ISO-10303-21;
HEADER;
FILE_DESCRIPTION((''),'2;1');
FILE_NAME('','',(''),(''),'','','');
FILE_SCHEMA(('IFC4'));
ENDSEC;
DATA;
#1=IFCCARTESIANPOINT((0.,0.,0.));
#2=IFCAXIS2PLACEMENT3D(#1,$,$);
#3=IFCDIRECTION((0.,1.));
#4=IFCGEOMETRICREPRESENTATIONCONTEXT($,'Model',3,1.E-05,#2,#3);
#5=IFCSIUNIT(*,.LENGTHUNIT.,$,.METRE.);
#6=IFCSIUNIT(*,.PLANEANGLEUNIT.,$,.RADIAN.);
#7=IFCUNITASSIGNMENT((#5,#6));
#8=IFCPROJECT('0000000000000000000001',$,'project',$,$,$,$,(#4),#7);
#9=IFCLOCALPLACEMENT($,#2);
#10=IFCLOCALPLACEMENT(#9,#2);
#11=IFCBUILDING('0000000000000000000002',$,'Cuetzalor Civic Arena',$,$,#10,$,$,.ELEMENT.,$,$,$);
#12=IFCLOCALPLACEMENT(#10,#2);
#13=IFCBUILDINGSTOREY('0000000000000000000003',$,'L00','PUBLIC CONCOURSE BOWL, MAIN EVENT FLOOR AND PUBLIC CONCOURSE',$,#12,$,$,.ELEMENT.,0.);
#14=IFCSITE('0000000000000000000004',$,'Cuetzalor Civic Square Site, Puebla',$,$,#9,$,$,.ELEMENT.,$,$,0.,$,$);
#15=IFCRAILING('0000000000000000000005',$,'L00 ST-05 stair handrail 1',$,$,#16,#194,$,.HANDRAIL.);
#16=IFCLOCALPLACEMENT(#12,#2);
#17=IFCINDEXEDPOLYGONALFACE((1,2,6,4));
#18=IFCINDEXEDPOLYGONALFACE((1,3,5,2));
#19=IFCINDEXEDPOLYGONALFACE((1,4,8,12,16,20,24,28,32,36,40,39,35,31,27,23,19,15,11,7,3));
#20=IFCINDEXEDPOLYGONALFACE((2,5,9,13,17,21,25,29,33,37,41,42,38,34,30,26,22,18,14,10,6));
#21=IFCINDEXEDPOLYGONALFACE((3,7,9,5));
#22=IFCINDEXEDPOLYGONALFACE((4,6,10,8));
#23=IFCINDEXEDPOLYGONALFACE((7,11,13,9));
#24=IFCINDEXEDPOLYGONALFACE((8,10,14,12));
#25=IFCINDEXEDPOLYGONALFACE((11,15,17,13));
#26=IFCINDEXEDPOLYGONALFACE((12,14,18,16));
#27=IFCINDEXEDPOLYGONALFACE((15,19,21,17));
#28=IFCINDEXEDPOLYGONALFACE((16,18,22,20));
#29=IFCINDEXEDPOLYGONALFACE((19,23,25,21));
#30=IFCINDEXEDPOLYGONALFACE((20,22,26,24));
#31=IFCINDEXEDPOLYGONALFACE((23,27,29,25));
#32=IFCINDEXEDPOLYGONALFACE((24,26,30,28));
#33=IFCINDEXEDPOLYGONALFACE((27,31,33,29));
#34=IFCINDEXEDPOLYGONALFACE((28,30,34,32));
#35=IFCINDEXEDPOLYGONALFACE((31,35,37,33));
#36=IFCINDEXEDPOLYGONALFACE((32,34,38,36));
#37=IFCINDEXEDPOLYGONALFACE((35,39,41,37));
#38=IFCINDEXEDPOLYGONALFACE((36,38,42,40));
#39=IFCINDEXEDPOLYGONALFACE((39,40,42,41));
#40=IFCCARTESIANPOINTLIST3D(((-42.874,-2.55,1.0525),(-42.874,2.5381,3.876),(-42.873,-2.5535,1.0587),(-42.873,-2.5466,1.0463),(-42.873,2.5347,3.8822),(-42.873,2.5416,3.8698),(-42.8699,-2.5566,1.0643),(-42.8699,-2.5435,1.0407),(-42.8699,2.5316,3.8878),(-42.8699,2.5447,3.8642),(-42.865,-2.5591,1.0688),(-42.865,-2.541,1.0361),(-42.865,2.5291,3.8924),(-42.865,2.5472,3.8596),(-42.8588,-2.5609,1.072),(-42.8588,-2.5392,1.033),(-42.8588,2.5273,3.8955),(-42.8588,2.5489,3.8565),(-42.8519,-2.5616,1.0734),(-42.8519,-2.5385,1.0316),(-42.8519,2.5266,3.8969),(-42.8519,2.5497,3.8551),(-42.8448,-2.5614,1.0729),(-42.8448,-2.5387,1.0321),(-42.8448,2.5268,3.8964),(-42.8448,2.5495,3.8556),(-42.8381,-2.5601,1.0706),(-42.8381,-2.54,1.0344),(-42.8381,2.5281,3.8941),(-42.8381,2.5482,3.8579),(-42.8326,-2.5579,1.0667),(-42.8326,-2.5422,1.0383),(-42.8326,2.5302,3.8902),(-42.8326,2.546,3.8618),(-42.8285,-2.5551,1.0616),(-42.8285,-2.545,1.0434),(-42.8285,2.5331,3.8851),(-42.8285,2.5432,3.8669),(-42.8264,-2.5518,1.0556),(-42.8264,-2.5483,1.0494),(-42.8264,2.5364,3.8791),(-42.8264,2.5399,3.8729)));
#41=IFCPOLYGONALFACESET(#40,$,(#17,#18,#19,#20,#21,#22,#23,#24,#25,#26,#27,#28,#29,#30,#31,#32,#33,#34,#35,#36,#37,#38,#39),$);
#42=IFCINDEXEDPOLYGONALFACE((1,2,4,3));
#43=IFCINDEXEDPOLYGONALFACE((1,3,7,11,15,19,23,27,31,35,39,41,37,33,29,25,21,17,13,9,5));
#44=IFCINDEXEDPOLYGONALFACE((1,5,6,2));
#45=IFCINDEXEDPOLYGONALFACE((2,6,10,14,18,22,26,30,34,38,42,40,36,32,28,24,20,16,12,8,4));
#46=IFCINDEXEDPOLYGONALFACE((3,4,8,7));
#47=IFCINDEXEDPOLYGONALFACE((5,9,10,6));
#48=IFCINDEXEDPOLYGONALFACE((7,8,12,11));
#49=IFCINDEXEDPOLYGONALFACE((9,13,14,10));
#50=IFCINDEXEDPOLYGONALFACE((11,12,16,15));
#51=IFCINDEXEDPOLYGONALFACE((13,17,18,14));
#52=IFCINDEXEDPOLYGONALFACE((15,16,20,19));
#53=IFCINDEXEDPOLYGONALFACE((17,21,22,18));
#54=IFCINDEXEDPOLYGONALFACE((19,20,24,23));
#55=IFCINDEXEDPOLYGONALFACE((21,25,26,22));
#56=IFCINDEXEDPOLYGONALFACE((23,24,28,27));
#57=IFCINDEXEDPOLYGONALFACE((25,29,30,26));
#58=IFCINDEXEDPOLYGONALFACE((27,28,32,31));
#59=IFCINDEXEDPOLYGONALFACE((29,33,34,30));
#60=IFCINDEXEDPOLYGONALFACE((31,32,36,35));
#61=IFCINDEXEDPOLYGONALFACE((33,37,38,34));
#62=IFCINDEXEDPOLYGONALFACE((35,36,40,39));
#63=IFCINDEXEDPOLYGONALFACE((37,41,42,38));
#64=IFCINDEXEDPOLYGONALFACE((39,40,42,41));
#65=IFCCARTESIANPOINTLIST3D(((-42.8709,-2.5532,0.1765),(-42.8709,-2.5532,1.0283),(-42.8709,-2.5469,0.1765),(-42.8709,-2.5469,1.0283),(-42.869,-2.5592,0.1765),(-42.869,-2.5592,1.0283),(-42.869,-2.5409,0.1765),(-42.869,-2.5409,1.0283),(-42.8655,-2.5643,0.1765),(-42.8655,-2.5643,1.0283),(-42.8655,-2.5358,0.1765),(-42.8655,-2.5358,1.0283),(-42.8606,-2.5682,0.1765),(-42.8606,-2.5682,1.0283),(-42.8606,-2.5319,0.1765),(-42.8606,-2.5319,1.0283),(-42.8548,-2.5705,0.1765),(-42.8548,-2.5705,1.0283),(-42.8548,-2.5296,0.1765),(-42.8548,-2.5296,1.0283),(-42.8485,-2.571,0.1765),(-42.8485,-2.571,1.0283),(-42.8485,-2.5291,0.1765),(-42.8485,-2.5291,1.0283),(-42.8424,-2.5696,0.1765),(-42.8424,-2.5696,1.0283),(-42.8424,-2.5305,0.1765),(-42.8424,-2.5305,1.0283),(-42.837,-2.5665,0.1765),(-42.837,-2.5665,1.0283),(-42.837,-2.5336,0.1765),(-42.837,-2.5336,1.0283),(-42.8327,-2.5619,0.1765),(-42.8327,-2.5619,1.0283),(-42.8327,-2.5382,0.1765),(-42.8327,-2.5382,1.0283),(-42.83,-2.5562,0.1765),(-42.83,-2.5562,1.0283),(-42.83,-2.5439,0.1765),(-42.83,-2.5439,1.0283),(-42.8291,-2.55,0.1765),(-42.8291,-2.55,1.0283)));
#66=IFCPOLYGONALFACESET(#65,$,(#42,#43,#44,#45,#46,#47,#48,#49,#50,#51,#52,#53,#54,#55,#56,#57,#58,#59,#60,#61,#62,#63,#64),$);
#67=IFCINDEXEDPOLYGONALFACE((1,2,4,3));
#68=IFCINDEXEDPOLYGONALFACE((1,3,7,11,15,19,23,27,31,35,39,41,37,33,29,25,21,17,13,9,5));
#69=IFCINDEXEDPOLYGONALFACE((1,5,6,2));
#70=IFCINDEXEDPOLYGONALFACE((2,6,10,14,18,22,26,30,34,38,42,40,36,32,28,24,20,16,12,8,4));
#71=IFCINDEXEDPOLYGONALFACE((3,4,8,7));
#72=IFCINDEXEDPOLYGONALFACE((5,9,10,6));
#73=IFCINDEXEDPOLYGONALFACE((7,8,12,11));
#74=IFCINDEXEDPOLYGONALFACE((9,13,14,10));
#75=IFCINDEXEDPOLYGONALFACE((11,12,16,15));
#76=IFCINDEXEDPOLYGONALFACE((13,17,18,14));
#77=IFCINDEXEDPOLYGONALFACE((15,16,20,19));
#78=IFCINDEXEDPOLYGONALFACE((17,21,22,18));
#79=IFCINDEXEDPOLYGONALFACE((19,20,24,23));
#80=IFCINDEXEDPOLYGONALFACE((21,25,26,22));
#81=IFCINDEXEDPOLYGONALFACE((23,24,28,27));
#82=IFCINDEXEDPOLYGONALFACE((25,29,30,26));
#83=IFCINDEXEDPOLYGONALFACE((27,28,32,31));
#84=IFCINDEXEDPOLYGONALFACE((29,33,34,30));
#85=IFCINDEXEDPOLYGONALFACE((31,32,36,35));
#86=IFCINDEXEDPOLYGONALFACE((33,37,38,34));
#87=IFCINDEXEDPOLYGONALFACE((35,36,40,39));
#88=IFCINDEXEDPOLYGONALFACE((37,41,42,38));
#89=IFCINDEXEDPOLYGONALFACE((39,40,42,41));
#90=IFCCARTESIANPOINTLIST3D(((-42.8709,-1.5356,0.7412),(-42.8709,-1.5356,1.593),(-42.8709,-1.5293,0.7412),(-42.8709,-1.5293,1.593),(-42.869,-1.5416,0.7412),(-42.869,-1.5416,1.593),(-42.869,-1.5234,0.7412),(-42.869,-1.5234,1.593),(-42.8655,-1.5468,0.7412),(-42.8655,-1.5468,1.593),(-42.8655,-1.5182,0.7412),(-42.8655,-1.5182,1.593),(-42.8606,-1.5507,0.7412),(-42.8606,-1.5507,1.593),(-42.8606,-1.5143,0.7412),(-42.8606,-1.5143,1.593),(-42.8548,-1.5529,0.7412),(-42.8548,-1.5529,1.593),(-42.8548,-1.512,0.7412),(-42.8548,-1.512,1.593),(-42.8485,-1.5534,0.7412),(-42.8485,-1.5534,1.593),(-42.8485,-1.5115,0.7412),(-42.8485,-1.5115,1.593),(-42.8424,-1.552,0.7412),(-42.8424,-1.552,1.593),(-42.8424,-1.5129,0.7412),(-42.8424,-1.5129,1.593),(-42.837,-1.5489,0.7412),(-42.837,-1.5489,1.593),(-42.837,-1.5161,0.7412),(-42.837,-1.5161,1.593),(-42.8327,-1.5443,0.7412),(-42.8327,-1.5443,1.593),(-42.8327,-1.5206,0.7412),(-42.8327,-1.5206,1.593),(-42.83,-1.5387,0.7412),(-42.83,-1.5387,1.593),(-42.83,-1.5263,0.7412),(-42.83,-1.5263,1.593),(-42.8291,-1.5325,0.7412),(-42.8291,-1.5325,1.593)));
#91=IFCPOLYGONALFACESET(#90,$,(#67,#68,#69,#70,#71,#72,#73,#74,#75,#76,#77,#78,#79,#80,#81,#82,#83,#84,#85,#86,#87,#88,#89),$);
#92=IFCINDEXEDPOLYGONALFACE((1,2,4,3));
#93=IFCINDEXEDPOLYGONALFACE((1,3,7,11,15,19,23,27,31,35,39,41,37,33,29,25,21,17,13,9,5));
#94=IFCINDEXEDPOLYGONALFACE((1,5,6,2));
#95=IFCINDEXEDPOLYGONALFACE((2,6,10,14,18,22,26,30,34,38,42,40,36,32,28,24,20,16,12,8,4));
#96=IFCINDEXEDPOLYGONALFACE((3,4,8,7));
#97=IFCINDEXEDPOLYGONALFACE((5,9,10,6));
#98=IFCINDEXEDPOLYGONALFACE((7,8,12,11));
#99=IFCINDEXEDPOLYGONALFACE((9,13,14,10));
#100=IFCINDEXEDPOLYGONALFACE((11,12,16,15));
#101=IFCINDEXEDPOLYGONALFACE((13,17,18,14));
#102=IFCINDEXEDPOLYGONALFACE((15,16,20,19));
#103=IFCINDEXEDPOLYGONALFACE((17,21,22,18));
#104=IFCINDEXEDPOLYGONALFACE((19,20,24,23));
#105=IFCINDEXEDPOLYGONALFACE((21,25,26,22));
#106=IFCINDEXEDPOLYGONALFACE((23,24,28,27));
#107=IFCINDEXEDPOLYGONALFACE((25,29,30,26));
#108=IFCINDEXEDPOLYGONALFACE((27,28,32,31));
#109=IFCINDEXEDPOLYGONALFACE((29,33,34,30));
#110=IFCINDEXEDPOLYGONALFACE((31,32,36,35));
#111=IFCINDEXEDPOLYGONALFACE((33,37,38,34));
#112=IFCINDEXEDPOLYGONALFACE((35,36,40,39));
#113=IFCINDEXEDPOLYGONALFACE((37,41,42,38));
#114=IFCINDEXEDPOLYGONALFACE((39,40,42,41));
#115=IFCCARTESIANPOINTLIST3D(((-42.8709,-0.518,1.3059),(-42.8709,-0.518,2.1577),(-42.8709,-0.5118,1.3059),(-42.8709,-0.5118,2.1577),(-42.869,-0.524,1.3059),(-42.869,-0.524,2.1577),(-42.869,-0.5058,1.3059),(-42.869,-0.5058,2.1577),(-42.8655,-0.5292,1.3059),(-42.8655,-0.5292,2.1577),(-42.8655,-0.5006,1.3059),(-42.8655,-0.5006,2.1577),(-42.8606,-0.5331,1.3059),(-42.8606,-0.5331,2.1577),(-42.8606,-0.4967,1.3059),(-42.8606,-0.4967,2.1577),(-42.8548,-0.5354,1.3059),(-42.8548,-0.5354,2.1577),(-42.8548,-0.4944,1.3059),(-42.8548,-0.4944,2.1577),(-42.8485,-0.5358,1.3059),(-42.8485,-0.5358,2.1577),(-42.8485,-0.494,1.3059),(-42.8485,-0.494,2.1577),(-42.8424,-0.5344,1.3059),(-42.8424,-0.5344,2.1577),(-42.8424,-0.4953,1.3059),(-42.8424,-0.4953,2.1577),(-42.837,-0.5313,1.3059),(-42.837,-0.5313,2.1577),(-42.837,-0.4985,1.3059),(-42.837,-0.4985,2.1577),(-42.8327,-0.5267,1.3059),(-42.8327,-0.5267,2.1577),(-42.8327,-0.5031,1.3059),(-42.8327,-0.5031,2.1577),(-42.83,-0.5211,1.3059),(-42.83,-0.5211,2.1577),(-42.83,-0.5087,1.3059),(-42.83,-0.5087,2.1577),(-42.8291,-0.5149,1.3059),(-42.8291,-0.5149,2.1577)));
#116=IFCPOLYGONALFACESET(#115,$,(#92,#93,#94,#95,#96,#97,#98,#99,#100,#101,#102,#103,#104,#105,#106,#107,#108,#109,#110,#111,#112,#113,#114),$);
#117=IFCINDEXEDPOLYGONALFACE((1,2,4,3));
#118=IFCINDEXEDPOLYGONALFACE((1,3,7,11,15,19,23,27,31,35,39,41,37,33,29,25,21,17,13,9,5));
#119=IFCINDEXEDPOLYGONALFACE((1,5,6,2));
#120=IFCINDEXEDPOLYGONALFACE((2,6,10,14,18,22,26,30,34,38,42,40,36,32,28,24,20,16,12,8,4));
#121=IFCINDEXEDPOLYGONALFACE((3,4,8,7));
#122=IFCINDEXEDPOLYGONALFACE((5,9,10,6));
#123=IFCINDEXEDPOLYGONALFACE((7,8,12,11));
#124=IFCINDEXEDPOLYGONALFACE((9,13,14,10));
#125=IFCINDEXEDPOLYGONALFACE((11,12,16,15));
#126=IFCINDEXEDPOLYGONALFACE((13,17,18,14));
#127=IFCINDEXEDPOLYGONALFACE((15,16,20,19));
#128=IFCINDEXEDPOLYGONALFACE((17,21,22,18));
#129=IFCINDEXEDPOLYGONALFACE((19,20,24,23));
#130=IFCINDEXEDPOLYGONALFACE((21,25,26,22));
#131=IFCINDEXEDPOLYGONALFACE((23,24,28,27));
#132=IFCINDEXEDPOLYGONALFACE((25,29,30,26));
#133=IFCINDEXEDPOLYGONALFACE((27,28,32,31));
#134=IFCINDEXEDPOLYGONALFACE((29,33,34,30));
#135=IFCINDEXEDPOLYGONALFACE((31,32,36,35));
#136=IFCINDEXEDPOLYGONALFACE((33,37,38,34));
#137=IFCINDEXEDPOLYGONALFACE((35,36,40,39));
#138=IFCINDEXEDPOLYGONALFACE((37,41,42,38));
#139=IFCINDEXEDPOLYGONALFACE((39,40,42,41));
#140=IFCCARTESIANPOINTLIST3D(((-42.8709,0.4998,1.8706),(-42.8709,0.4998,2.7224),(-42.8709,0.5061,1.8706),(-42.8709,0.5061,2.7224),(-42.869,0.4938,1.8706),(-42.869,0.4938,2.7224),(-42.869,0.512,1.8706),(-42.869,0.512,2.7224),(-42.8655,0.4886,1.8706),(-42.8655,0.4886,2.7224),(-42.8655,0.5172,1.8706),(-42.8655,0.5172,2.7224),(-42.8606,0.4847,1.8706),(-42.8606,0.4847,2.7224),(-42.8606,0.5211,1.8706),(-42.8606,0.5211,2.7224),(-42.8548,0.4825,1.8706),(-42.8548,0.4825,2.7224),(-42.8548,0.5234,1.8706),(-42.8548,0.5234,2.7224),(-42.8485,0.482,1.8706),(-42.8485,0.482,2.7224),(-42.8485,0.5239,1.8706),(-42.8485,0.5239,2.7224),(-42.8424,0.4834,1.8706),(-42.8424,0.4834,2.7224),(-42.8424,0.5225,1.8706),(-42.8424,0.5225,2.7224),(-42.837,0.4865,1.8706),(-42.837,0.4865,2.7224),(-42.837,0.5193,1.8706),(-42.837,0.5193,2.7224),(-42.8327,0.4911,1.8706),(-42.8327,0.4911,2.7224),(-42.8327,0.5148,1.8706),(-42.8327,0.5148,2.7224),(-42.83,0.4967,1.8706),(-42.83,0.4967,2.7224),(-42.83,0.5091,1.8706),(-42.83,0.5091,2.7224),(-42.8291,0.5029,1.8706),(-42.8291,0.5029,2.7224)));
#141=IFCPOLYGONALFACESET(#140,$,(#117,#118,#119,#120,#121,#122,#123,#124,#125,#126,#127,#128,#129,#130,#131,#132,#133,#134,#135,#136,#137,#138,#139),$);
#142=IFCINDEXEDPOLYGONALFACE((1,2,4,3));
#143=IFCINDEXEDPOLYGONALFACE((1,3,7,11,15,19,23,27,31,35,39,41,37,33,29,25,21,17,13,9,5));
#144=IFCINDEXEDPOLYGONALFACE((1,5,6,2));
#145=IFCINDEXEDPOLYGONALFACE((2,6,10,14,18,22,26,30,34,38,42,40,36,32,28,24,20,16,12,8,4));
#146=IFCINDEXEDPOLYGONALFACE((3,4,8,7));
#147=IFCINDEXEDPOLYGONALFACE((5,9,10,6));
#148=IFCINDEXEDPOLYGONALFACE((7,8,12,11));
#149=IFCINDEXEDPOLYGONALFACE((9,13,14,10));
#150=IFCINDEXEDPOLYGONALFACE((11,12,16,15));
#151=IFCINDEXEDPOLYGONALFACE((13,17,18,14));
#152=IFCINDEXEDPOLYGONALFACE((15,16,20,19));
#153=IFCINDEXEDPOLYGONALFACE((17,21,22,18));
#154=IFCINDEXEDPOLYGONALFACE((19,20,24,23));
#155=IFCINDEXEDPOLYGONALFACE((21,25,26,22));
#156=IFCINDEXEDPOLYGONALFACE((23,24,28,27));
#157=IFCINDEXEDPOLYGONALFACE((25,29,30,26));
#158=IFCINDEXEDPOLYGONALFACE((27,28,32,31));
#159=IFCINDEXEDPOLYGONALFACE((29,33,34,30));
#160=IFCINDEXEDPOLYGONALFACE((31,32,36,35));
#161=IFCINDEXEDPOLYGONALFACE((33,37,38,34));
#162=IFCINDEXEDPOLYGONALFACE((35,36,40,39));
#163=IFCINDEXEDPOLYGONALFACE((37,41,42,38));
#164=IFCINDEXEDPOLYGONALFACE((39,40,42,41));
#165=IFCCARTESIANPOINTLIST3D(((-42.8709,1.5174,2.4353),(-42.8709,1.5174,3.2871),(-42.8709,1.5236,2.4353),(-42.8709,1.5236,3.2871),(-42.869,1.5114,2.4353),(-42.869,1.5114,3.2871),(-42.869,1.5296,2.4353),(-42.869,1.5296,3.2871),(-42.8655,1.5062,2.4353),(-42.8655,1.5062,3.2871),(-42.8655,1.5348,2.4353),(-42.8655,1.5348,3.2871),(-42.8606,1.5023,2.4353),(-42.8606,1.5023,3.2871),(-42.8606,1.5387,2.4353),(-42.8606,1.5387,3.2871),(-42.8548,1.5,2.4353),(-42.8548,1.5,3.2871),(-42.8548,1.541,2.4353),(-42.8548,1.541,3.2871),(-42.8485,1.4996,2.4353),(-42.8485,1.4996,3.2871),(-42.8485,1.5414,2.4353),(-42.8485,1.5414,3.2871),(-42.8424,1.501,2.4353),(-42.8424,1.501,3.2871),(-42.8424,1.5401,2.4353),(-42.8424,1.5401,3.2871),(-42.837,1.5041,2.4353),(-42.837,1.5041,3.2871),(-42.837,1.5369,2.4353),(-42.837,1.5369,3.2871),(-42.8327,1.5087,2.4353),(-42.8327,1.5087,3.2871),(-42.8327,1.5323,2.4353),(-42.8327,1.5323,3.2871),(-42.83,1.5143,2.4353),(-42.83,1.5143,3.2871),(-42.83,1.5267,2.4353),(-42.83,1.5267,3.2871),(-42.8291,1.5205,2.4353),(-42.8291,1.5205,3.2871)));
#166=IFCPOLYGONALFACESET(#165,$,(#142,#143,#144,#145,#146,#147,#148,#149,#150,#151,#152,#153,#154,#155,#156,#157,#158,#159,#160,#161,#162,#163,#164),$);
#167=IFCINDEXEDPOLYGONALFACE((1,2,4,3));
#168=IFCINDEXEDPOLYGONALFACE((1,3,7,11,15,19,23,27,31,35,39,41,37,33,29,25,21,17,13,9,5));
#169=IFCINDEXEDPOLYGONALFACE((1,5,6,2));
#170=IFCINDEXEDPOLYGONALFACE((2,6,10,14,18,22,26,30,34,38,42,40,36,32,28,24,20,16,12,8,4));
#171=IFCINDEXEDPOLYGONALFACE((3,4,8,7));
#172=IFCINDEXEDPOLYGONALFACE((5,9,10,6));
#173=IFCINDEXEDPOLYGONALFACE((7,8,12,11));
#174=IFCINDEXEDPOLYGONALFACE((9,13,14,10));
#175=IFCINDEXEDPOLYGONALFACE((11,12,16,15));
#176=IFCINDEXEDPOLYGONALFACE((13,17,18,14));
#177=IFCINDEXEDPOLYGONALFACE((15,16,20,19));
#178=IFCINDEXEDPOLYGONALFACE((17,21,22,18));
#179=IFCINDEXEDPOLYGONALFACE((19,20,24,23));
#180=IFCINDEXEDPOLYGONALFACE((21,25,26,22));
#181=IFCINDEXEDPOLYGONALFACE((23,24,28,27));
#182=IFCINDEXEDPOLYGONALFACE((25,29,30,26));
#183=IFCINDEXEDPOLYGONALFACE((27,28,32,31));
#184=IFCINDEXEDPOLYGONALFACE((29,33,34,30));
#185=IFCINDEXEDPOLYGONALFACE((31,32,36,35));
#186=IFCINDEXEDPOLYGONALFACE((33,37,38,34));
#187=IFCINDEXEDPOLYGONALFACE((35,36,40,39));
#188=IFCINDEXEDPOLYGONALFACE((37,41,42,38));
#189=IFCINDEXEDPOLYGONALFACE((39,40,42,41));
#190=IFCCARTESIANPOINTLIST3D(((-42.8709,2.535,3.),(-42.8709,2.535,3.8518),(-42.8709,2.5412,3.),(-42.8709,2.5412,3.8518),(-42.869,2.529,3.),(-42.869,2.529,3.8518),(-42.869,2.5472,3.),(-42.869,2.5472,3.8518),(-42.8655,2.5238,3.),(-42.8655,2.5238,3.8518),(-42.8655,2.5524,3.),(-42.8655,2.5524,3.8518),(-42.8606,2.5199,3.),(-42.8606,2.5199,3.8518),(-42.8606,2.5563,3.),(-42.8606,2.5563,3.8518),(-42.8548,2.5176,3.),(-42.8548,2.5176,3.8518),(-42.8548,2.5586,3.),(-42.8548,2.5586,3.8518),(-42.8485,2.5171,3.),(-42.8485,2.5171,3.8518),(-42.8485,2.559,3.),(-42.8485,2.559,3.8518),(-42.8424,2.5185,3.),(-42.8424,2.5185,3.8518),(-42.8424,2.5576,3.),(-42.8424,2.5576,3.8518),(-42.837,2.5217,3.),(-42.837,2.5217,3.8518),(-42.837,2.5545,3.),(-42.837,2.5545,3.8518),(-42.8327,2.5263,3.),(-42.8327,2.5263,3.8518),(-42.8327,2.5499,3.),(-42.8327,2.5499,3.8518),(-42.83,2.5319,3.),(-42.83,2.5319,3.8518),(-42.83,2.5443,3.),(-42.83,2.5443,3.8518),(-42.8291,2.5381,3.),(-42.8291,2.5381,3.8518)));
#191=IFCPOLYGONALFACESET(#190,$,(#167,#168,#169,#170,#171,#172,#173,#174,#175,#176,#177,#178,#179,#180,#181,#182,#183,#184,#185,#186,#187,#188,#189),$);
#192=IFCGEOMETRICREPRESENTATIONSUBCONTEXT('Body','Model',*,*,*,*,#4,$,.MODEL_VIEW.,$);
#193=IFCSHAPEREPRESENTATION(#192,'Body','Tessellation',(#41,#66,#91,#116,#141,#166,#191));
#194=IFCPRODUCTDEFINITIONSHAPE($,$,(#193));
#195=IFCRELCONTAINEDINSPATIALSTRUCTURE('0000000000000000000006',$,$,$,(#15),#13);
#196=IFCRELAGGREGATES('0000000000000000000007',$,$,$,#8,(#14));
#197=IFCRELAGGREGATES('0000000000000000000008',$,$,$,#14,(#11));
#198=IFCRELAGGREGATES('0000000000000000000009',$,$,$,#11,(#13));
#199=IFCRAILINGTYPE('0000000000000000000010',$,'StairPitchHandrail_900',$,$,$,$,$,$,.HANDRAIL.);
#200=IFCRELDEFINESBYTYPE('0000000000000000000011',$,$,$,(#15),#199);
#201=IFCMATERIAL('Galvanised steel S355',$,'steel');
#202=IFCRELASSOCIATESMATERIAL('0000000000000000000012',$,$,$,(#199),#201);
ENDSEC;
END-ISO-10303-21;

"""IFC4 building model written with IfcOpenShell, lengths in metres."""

from ifc_helpers import new_model, si_unit, direction, frame, origin, origin_2d, place, context, subcontext, project, spatial, circle, extrude, material, type_object, element, save


model = new_model("IFC4")

# Units and contexts
model_context = context("Model", 3, precision=1e-05, world=origin(), true_north=direction((0.0, 1.0)))
body_context = subcontext(model_context, "Body", "Model", "MODEL_VIEW")
ifc_project = project(units=[si_unit("LENGTHUNIT", "METRE"), si_unit("PLANEANGLEUNIT", "RADIAN")], contexts=[model_context])

# Site, building, storey
site_placement = place(None, origin())
site = spatial("IfcSite", under=ifc_project, at=site_placement, Name="Cuetzalor Civic Square Site, Puebla", CompositionType="ELEMENT", RefElevation=0.0)
building_placement = place(site_placement, origin())
building = spatial("IfcBuilding", under=site, at=building_placement, Name="Cuetzalor Civic Arena", CompositionType="ELEMENT")
storey_placement = place(building_placement, origin())
storey = spatial("IfcBuildingStorey", under=building, at=storey_placement, Name="L00", Description="PUBLIC CONCOURSE BOWL, MAIN EVENT FLOOR AND PUBLIC CONCOURSE", CompositionType="ELEMENT", Elevation=0.0)

# Railing
ifc_material_1 = material(Name="Galvanised steel S355", Category="steel")
railing_type_1 = type_object("IfcRailingType", Name="StairPitchHandrail_900", PredefinedType="HANDRAIL", material=ifc_material_1)
railing_1_placement = place(storey_placement, frame((-42.8501, -2.55, 0.1765)))
element("IfcRailing", 1, at=railing_1_placement, inside=storey, type_object=railing_type_1, Name="L00 ST-05 stair handrail 1", PredefinedType="HANDRAIL", context=body_context, shape_type="SweptSolid", body=[
    extrude(circle(Radius=0.0239, at=origin_2d()), frame((0.0, 0.0, 0.876), z_axis=(0.0, 0.874395, 0.485215), x_axis=(-1.0, 0.0, 0.0)), (0.0, 0.0, 1.0), 5.8191),
    extrude(circle(Radius=0.021, at=origin_2d()), origin(), (0.0, 0.0, 1.0), 0.8518),
    extrude(circle(Radius=0.021, at=origin_2d()), frame((0.0, 1.0176, 0.5647)), (0.0, 0.0, 1.0), 0.8518),
    extrude(circle(Radius=0.021, at=origin_2d()), frame((0.0, 2.0352, 1.1294)), (0.0, 0.0, 1.0), 0.8518),
    extrude(circle(Radius=0.021, at=origin_2d()), frame((0.0, 3.053, 1.6941)), (0.0, 0.0, 1.0), 0.8518),
    extrude(circle(Radius=0.021, at=origin_2d()), frame((0.0, 4.0706, 2.2588)), (0.0, 0.0, 1.0), 0.8518),
    extrude(circle(Radius=0.021, at=origin_2d()), frame((0.0, 5.0881, 2.8235)), (0.0, 0.0, 1.0), 0.8518),
])

save(model, "model.ifc")
